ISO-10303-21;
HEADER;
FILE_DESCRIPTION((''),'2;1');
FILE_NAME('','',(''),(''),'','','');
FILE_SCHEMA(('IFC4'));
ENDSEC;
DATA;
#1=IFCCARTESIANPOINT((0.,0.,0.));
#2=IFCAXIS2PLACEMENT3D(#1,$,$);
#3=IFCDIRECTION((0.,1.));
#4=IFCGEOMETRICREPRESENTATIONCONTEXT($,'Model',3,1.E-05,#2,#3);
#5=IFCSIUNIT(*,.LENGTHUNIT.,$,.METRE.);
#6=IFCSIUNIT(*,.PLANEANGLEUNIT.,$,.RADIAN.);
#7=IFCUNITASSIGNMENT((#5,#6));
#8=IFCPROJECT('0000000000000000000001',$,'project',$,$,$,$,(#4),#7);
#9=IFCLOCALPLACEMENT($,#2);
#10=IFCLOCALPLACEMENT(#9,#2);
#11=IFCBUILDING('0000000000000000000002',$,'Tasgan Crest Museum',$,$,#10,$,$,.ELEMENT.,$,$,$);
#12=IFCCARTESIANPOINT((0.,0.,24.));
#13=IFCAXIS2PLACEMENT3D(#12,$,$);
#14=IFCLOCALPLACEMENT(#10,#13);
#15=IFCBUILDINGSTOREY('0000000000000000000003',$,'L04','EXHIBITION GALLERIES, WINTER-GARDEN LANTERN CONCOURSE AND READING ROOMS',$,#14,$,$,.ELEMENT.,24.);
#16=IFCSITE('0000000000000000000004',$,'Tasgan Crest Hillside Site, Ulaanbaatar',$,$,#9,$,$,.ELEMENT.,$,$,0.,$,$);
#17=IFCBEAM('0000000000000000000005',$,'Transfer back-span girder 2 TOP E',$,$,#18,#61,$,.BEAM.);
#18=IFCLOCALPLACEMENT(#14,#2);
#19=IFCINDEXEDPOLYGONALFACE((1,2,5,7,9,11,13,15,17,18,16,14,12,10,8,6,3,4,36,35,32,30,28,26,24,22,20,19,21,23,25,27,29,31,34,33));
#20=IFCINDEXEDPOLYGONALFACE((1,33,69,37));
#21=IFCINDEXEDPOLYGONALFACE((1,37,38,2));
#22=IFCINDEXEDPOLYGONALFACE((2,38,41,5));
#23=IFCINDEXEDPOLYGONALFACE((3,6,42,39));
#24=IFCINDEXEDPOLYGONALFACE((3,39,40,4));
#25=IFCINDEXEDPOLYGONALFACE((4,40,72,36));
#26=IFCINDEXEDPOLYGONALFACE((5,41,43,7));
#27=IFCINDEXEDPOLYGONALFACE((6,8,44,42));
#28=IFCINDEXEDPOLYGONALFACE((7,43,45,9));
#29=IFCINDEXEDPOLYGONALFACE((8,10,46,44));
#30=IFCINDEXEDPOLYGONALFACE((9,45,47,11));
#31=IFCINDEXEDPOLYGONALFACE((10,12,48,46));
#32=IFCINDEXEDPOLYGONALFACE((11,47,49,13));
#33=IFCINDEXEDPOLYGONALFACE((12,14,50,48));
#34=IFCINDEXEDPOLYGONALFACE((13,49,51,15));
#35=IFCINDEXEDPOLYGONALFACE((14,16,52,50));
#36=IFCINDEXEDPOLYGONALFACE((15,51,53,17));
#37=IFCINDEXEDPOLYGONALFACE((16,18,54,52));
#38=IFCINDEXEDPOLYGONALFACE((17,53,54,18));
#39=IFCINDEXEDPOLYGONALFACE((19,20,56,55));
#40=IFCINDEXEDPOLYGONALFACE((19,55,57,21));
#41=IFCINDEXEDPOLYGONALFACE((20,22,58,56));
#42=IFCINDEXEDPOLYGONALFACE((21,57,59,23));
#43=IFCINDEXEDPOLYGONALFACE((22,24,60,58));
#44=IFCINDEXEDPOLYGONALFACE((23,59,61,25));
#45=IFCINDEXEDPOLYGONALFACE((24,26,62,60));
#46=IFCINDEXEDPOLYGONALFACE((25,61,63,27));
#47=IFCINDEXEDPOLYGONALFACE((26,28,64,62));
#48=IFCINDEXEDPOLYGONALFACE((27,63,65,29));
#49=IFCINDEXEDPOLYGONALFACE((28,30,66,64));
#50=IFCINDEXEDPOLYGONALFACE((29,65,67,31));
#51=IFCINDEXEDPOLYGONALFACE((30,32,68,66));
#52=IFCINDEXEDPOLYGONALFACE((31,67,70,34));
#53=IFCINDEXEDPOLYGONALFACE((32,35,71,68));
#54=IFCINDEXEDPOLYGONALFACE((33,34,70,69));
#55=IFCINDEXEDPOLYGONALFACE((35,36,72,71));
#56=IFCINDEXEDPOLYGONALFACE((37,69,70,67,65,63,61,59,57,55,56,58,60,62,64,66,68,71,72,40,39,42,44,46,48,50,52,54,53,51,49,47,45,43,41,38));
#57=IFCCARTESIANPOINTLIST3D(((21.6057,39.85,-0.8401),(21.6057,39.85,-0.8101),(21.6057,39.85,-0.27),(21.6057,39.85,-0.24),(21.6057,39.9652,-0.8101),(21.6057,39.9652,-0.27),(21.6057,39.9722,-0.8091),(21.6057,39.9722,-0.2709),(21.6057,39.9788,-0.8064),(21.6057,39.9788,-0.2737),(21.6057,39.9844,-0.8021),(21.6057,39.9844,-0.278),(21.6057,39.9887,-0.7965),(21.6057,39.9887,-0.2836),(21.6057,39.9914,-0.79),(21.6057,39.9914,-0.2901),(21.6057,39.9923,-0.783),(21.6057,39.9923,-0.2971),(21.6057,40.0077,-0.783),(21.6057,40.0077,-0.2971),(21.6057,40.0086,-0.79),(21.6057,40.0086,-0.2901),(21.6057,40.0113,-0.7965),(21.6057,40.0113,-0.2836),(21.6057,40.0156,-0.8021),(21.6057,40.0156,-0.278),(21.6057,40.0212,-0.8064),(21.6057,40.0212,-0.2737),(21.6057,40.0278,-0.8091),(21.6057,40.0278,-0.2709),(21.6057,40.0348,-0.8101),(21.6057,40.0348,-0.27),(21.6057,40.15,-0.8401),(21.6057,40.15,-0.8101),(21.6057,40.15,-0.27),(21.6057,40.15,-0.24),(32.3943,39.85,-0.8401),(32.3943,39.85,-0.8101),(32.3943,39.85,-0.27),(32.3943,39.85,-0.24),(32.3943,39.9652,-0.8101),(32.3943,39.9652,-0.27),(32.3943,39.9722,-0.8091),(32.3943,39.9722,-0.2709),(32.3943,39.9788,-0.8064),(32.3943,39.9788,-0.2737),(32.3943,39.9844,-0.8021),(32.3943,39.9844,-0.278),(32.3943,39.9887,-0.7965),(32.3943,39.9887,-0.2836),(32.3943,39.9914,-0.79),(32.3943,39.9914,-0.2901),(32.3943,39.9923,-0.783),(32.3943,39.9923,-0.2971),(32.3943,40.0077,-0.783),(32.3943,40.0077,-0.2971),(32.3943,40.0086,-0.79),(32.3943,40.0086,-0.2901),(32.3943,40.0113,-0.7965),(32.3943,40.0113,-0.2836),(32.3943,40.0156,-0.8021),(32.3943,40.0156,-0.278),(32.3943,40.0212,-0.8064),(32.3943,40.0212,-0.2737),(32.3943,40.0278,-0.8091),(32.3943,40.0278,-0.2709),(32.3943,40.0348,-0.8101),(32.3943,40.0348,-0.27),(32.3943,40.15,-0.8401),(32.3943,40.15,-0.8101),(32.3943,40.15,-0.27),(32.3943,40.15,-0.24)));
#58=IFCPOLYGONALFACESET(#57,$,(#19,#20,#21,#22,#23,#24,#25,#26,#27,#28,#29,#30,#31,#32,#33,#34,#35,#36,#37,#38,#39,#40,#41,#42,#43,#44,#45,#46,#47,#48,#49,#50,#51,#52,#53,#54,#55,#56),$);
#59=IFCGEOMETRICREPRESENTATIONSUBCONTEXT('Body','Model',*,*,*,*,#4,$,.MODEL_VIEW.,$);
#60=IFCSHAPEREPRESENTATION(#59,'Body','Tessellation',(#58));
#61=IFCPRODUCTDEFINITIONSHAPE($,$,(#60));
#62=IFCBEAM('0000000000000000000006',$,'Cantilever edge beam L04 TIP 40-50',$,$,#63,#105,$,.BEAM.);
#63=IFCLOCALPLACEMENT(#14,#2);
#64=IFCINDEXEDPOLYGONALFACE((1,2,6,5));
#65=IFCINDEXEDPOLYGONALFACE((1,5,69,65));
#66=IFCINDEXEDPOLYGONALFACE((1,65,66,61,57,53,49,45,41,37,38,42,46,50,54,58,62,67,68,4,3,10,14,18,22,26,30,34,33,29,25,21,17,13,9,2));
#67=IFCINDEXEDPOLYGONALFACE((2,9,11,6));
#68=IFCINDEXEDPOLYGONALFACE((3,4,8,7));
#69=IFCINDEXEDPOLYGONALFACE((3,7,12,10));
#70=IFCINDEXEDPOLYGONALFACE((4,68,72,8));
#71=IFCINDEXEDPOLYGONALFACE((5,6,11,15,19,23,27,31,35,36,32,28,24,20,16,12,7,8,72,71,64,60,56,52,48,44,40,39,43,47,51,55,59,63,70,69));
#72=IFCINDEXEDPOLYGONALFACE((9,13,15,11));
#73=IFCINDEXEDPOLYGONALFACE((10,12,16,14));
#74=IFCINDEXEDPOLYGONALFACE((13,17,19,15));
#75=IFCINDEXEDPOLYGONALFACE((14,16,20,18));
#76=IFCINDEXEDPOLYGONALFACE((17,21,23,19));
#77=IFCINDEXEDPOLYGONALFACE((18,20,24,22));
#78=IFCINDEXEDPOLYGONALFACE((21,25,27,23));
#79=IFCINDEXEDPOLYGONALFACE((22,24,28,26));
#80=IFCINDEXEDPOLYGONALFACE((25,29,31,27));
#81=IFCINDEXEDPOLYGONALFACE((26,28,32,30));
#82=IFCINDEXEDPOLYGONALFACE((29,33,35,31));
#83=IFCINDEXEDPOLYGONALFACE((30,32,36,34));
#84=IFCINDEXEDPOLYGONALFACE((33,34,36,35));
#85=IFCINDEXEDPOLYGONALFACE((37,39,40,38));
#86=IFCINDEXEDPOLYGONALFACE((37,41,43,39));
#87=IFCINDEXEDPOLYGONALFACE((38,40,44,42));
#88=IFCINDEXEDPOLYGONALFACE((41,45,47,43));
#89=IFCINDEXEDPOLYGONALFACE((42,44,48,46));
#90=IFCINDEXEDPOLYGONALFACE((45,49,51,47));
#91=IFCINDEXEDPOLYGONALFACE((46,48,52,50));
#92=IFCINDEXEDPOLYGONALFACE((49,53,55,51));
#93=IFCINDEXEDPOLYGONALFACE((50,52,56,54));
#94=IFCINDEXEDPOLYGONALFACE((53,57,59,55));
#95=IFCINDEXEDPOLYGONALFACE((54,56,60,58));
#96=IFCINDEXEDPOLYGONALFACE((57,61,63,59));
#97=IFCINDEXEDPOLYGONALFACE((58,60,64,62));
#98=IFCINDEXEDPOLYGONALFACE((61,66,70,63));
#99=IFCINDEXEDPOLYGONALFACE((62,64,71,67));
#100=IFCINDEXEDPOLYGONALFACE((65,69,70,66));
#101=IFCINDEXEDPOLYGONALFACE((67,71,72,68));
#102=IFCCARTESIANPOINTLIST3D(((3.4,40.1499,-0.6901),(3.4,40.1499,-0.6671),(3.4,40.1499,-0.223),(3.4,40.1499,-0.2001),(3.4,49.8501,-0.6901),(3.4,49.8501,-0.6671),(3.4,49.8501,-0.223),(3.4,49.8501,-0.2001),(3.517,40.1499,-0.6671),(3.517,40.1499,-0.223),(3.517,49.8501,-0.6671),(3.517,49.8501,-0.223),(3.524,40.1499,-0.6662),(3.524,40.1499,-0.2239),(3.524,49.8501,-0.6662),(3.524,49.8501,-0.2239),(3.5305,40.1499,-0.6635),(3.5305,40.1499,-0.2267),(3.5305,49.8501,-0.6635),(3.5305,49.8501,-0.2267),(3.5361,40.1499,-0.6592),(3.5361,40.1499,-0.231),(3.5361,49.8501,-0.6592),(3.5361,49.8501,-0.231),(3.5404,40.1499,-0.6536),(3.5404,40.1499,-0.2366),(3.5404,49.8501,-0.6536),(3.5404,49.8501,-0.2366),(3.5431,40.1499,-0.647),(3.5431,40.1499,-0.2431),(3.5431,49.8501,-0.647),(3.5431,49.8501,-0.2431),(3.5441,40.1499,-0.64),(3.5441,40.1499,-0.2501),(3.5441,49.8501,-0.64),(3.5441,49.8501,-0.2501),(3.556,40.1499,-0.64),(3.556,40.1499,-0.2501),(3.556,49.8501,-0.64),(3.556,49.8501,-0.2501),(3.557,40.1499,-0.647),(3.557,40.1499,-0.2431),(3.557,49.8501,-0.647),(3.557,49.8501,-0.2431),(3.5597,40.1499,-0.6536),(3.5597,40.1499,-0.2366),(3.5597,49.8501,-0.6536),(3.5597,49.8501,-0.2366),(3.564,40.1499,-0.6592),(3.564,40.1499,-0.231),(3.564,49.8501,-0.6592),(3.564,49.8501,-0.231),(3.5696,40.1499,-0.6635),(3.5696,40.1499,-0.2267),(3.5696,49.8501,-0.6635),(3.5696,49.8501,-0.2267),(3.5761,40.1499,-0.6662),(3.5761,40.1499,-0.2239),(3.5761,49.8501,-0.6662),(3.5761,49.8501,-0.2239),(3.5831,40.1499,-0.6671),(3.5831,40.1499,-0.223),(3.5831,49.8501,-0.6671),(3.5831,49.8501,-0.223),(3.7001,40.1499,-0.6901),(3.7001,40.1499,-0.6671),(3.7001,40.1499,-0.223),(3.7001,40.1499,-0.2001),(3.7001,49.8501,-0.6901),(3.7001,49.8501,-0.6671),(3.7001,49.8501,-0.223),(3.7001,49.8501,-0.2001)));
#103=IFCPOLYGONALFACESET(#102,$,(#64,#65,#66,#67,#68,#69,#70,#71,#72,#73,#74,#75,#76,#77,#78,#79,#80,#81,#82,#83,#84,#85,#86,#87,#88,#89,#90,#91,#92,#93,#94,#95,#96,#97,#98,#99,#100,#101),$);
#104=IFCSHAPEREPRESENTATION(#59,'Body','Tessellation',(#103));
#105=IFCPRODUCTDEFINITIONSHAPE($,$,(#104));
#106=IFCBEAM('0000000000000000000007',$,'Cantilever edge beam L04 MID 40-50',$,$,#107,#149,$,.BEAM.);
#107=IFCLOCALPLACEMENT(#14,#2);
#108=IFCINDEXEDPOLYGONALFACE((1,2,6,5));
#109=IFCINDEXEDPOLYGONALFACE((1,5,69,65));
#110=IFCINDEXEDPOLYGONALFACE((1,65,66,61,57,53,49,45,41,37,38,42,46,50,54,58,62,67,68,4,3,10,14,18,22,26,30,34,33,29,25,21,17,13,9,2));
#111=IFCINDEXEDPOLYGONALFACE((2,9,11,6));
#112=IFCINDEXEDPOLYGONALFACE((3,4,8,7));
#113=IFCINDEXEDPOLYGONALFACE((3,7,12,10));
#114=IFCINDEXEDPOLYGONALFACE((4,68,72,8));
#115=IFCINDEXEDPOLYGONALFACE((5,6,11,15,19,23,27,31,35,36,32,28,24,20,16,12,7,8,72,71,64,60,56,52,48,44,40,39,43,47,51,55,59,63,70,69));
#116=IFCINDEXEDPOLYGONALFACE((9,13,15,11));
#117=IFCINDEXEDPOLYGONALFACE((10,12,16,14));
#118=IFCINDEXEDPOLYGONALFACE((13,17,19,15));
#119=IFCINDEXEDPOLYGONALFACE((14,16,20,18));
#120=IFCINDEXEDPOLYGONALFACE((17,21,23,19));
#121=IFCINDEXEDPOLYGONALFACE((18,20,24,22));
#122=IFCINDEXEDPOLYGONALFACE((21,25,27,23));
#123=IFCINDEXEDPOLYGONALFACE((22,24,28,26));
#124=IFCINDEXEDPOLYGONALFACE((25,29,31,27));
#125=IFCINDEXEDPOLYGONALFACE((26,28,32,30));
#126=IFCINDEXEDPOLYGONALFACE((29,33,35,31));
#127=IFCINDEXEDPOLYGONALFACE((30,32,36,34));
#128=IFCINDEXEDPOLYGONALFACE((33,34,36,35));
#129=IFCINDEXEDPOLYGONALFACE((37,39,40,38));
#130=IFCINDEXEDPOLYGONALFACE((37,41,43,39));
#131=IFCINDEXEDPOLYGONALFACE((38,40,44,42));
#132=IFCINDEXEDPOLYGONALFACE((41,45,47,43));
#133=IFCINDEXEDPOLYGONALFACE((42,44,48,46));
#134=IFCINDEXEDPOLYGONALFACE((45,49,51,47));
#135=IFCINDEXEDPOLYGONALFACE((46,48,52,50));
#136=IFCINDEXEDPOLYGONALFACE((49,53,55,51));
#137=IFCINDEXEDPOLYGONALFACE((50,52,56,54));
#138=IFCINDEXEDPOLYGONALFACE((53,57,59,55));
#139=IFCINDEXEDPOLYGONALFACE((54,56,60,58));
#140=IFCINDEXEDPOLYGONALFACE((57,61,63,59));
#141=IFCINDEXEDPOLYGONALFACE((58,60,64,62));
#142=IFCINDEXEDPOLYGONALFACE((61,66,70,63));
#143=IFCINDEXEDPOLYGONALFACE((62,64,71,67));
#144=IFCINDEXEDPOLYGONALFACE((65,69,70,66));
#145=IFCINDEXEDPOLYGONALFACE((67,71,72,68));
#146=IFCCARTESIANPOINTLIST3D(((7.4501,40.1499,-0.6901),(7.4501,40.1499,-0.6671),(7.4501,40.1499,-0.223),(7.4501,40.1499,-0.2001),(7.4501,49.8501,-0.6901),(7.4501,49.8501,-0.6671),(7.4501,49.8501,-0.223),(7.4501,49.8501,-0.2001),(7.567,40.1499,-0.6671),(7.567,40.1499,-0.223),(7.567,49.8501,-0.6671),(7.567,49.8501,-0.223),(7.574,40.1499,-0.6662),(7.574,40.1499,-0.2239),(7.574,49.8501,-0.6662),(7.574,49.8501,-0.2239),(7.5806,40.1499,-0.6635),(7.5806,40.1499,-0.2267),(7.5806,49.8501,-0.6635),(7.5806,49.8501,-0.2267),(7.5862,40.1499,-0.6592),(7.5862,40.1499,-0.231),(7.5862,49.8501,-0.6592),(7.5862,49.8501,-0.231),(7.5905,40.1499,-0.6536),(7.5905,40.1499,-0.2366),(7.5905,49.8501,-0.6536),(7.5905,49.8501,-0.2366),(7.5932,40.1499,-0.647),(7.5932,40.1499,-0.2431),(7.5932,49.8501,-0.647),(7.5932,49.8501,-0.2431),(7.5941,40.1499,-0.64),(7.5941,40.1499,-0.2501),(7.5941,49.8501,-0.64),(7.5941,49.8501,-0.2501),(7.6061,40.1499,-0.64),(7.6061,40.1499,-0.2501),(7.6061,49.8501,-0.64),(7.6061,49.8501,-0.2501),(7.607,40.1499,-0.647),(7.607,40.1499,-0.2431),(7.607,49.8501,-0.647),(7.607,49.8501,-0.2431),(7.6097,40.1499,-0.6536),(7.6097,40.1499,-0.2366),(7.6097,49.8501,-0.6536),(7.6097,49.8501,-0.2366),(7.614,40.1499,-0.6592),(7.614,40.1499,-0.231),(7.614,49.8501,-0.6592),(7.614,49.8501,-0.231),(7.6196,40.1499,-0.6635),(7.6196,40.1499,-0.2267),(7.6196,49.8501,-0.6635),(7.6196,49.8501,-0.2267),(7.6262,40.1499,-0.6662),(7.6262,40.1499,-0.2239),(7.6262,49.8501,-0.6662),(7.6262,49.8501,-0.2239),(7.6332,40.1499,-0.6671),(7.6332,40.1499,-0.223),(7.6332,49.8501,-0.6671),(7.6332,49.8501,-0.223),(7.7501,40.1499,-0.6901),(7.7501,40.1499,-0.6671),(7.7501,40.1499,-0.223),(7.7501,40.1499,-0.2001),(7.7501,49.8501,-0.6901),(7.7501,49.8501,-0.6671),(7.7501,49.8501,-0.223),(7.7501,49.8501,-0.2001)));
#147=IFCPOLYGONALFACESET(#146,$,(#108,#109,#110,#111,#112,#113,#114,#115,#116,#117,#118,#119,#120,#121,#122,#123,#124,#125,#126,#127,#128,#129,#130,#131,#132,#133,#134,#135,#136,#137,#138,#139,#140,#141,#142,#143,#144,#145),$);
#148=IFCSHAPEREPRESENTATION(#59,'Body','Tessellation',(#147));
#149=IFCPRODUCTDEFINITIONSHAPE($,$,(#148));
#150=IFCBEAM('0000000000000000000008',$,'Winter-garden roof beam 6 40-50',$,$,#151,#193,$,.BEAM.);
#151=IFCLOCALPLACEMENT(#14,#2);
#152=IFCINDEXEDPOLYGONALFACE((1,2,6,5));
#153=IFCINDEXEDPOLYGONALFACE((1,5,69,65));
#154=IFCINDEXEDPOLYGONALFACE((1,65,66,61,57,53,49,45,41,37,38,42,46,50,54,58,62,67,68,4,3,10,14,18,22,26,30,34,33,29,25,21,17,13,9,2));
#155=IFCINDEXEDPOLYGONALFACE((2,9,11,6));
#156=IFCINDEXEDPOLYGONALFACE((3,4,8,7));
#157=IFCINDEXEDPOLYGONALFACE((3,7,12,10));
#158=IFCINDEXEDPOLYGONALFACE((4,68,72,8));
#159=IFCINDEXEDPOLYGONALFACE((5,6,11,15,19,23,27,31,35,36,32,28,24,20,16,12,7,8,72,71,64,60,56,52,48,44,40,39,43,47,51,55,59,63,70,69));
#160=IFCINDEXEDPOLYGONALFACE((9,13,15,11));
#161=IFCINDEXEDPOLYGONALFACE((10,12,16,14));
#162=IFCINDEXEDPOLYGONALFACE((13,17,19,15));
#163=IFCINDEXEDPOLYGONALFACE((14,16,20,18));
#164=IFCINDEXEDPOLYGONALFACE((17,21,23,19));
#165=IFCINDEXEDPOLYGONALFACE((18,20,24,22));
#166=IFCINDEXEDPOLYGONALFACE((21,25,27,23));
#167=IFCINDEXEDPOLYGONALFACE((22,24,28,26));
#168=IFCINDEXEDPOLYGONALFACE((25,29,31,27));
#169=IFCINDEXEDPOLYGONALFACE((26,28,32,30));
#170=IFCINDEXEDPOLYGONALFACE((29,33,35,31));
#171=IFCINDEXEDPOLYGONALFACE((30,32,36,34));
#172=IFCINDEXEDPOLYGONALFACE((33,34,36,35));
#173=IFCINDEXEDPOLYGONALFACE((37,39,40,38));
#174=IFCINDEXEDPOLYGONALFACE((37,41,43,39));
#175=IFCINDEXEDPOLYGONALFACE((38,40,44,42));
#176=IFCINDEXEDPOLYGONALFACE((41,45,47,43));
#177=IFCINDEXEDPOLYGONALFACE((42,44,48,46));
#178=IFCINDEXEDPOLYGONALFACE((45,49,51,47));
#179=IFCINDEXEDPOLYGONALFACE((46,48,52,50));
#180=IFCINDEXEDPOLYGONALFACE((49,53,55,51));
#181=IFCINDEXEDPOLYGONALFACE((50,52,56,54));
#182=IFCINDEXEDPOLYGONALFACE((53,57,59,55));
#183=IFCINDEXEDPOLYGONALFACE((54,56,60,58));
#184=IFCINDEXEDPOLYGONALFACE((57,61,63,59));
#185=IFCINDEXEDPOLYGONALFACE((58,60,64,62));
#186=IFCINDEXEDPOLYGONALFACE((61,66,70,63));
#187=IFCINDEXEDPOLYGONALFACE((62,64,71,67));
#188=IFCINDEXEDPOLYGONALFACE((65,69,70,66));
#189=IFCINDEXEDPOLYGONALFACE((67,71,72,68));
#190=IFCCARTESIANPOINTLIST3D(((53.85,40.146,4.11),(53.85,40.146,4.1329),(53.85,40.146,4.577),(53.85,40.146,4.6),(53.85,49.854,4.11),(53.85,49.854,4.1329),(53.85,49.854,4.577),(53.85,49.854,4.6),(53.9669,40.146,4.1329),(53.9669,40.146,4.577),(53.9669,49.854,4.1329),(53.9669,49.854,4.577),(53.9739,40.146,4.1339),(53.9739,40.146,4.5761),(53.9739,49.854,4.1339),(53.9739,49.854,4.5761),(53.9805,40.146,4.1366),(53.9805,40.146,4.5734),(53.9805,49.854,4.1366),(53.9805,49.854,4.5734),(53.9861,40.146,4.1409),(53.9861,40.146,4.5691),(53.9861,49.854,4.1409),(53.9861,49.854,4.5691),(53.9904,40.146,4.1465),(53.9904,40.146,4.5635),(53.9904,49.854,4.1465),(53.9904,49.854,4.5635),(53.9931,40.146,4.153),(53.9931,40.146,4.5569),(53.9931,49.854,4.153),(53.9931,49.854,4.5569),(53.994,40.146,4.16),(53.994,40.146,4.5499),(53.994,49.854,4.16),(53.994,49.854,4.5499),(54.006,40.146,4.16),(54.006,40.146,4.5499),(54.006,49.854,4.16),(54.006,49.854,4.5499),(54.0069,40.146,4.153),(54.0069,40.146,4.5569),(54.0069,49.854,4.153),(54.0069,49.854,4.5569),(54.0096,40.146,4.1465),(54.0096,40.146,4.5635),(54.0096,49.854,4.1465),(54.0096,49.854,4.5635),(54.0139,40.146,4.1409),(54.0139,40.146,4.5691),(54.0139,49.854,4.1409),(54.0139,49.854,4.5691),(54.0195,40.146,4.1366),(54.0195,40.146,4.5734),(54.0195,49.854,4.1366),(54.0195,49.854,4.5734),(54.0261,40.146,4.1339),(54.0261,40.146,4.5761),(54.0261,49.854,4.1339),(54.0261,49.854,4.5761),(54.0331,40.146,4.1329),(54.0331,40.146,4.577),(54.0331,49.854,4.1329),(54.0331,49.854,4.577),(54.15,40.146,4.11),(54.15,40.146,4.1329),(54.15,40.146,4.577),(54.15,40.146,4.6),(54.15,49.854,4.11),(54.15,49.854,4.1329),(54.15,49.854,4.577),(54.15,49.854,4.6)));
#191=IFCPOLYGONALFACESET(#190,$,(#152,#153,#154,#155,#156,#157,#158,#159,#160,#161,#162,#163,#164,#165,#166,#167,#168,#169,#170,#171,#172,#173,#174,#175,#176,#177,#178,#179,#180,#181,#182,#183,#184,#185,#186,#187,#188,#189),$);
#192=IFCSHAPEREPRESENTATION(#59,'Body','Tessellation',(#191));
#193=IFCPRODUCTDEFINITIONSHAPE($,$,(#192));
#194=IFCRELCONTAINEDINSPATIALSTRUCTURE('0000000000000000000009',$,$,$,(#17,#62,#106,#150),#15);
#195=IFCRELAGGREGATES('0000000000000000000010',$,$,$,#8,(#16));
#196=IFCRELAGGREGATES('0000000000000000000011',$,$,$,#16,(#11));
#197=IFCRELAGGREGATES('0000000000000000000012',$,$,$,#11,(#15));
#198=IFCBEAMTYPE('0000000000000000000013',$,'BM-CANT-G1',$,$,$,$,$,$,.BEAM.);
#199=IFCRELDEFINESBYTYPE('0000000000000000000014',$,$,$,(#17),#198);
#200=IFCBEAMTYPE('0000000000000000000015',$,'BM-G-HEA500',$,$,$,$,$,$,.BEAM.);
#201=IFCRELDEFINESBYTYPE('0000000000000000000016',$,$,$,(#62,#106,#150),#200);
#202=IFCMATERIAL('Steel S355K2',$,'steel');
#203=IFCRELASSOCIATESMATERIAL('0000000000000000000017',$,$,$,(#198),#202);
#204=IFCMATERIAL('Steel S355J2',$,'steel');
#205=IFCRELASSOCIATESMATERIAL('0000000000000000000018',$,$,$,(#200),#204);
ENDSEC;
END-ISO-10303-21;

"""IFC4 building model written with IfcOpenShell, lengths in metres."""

from ifc_helpers import new_model, si_unit, direction, frame, origin, origin_2d, place, context, subcontext, project, spatial, i_section, extrude, material, material_profile, profile_set, type_object, element, save


model = new_model("IFC4")

# Units and contexts
model_context = context("Model", 3, precision=1e-05, world=origin(), true_north=direction((0.0, 1.0)))
body_context = subcontext(model_context, "Body", "Model", "MODEL_VIEW")
ifc_project = project(units=[si_unit("LENGTHUNIT", "METRE"), si_unit("PLANEANGLEUNIT", "RADIAN")], contexts=[model_context])

# Site, building, storey
site_placement = place(None, origin())
site = spatial("IfcSite", under=ifc_project, at=site_placement, Name="Tasgan Crest Hillside Site, Ulaanbaatar", CompositionType="ELEMENT", RefElevation=0.0)
building_placement = place(site_placement, origin())
building = spatial("IfcBuilding", under=site, at=building_placement, Name="Tasgan Crest Museum", CompositionType="ELEMENT")
storey_placement = place(building_placement, frame((0.0, 0.0, 24.0)))
storey = spatial("IfcBuildingStorey", under=building, at=storey_placement, Name="L04", Description="EXHIBITION GALLERIES, WINTER-GARDEN LANTERN CONCOURSE AND READING ROOMS", CompositionType="ELEMENT", Elevation=24.0)

# Beams
ifc_material_1 = material(Name="Steel S355K2", Category="steel")
ifc_material_profile_1 = material_profile(ifc_material_1, i_section(OverallWidth=0.3, OverallDepth=0.6001, WebThickness=0.0154, FlangeThickness=0.03, FilletRadius=0.0271, at=origin_2d()), Name="HEB 600")
ifc_profile_set_1 = profile_set([ifc_material_profile_1], Name="Steel S355K2")
beam_type_1 = type_object("IfcBeamType", Name="BM-CANT-G1", PredefinedType="BEAM", material=ifc_profile_set_1)
for number, where, z_axis, x_axis, name in (
    (1, (21.6057, 40.0, -0.54), (1.0, 0.0, 0.0), (0.0, 1.0, 0.0), "Transfer back-span girder 2 TOP E"),
):
    element("IfcBeam", number, at=place(storey_placement, frame(where, z_axis=z_axis, x_axis=x_axis)), inside=storey, type_object=beam_type_1, Name=name, PredefinedType="BEAM", context=body_context, shape_type="SweptSolid", body=[
        extrude(i_section(OverallWidth=0.3, OverallDepth=0.6001, WebThickness=0.0154, FlangeThickness=0.03, FilletRadius=0.0271, at=origin_2d()), origin(), (0.0, 0.0, 1.0), 10.7886),
    ])
ifc_material_2 = material(Name="Steel S355J2", Category="steel")
ifc_material_profile_2 = material_profile(ifc_material_2, i_section(OverallWidth=0.3, OverallDepth=0.49, WebThickness=0.012, FlangeThickness=0.0229, FilletRadius=0.0271, at=origin_2d()), Name="HEA 500")
ifc_profile_set_2 = profile_set([ifc_material_profile_2], Name="Steel S355J2")
beam_type_2 = type_object("IfcBeamType", Name="BM-G-HEA500", PredefinedType="BEAM", material=ifc_profile_set_2)
for number, where, z_axis, x_axis, name in (
    (2, (3.55, 40.1499, -0.4451), (0.0, 1.0, 0.0), (-1.0, 0.0, 0.0), "Cantilever edge beam L04 TIP 40-50"),
    (3, (7.6001, 40.1499, -0.4451), (0.0, 1.0, 0.0), (-1.0, 0.0, 0.0), "Cantilever edge beam L04 MID 40-50"),
):
    element("IfcBeam", number, at=place(storey_placement, frame(where, z_axis=z_axis, x_axis=x_axis)), inside=storey, type_object=beam_type_2, Name=name, PredefinedType="BEAM", context=body_context, shape_type="SweptSolid", body=[
        extrude(i_section(OverallWidth=0.3, OverallDepth=0.49, WebThickness=0.012, FlangeThickness=0.0229, FilletRadius=0.0271, at=origin_2d()), origin(), (0.0, 0.0, 1.0), 9.7002),
    ])
beam_1_placement = place(storey_placement, frame((54.0, 40.146, 4.355), z_axis=(0.0, 1.0, 0.0), x_axis=(-1.0, 0.0, 0.0)))
element("IfcBeam", 4, at=beam_1_placement, inside=storey, type_object=beam_type_2, Name="Winter-garden roof beam 6 40-50", PredefinedType="BEAM", context=body_context, shape_type="SweptSolid", body=[
    extrude(i_section(OverallWidth=0.3, OverallDepth=0.49, WebThickness=0.012, FlangeThickness=0.0229, FilletRadius=0.0271, at=origin_2d()), origin(), (0.0, 0.0, 1.0), 9.708),
])

save(model, "model.ifc")
